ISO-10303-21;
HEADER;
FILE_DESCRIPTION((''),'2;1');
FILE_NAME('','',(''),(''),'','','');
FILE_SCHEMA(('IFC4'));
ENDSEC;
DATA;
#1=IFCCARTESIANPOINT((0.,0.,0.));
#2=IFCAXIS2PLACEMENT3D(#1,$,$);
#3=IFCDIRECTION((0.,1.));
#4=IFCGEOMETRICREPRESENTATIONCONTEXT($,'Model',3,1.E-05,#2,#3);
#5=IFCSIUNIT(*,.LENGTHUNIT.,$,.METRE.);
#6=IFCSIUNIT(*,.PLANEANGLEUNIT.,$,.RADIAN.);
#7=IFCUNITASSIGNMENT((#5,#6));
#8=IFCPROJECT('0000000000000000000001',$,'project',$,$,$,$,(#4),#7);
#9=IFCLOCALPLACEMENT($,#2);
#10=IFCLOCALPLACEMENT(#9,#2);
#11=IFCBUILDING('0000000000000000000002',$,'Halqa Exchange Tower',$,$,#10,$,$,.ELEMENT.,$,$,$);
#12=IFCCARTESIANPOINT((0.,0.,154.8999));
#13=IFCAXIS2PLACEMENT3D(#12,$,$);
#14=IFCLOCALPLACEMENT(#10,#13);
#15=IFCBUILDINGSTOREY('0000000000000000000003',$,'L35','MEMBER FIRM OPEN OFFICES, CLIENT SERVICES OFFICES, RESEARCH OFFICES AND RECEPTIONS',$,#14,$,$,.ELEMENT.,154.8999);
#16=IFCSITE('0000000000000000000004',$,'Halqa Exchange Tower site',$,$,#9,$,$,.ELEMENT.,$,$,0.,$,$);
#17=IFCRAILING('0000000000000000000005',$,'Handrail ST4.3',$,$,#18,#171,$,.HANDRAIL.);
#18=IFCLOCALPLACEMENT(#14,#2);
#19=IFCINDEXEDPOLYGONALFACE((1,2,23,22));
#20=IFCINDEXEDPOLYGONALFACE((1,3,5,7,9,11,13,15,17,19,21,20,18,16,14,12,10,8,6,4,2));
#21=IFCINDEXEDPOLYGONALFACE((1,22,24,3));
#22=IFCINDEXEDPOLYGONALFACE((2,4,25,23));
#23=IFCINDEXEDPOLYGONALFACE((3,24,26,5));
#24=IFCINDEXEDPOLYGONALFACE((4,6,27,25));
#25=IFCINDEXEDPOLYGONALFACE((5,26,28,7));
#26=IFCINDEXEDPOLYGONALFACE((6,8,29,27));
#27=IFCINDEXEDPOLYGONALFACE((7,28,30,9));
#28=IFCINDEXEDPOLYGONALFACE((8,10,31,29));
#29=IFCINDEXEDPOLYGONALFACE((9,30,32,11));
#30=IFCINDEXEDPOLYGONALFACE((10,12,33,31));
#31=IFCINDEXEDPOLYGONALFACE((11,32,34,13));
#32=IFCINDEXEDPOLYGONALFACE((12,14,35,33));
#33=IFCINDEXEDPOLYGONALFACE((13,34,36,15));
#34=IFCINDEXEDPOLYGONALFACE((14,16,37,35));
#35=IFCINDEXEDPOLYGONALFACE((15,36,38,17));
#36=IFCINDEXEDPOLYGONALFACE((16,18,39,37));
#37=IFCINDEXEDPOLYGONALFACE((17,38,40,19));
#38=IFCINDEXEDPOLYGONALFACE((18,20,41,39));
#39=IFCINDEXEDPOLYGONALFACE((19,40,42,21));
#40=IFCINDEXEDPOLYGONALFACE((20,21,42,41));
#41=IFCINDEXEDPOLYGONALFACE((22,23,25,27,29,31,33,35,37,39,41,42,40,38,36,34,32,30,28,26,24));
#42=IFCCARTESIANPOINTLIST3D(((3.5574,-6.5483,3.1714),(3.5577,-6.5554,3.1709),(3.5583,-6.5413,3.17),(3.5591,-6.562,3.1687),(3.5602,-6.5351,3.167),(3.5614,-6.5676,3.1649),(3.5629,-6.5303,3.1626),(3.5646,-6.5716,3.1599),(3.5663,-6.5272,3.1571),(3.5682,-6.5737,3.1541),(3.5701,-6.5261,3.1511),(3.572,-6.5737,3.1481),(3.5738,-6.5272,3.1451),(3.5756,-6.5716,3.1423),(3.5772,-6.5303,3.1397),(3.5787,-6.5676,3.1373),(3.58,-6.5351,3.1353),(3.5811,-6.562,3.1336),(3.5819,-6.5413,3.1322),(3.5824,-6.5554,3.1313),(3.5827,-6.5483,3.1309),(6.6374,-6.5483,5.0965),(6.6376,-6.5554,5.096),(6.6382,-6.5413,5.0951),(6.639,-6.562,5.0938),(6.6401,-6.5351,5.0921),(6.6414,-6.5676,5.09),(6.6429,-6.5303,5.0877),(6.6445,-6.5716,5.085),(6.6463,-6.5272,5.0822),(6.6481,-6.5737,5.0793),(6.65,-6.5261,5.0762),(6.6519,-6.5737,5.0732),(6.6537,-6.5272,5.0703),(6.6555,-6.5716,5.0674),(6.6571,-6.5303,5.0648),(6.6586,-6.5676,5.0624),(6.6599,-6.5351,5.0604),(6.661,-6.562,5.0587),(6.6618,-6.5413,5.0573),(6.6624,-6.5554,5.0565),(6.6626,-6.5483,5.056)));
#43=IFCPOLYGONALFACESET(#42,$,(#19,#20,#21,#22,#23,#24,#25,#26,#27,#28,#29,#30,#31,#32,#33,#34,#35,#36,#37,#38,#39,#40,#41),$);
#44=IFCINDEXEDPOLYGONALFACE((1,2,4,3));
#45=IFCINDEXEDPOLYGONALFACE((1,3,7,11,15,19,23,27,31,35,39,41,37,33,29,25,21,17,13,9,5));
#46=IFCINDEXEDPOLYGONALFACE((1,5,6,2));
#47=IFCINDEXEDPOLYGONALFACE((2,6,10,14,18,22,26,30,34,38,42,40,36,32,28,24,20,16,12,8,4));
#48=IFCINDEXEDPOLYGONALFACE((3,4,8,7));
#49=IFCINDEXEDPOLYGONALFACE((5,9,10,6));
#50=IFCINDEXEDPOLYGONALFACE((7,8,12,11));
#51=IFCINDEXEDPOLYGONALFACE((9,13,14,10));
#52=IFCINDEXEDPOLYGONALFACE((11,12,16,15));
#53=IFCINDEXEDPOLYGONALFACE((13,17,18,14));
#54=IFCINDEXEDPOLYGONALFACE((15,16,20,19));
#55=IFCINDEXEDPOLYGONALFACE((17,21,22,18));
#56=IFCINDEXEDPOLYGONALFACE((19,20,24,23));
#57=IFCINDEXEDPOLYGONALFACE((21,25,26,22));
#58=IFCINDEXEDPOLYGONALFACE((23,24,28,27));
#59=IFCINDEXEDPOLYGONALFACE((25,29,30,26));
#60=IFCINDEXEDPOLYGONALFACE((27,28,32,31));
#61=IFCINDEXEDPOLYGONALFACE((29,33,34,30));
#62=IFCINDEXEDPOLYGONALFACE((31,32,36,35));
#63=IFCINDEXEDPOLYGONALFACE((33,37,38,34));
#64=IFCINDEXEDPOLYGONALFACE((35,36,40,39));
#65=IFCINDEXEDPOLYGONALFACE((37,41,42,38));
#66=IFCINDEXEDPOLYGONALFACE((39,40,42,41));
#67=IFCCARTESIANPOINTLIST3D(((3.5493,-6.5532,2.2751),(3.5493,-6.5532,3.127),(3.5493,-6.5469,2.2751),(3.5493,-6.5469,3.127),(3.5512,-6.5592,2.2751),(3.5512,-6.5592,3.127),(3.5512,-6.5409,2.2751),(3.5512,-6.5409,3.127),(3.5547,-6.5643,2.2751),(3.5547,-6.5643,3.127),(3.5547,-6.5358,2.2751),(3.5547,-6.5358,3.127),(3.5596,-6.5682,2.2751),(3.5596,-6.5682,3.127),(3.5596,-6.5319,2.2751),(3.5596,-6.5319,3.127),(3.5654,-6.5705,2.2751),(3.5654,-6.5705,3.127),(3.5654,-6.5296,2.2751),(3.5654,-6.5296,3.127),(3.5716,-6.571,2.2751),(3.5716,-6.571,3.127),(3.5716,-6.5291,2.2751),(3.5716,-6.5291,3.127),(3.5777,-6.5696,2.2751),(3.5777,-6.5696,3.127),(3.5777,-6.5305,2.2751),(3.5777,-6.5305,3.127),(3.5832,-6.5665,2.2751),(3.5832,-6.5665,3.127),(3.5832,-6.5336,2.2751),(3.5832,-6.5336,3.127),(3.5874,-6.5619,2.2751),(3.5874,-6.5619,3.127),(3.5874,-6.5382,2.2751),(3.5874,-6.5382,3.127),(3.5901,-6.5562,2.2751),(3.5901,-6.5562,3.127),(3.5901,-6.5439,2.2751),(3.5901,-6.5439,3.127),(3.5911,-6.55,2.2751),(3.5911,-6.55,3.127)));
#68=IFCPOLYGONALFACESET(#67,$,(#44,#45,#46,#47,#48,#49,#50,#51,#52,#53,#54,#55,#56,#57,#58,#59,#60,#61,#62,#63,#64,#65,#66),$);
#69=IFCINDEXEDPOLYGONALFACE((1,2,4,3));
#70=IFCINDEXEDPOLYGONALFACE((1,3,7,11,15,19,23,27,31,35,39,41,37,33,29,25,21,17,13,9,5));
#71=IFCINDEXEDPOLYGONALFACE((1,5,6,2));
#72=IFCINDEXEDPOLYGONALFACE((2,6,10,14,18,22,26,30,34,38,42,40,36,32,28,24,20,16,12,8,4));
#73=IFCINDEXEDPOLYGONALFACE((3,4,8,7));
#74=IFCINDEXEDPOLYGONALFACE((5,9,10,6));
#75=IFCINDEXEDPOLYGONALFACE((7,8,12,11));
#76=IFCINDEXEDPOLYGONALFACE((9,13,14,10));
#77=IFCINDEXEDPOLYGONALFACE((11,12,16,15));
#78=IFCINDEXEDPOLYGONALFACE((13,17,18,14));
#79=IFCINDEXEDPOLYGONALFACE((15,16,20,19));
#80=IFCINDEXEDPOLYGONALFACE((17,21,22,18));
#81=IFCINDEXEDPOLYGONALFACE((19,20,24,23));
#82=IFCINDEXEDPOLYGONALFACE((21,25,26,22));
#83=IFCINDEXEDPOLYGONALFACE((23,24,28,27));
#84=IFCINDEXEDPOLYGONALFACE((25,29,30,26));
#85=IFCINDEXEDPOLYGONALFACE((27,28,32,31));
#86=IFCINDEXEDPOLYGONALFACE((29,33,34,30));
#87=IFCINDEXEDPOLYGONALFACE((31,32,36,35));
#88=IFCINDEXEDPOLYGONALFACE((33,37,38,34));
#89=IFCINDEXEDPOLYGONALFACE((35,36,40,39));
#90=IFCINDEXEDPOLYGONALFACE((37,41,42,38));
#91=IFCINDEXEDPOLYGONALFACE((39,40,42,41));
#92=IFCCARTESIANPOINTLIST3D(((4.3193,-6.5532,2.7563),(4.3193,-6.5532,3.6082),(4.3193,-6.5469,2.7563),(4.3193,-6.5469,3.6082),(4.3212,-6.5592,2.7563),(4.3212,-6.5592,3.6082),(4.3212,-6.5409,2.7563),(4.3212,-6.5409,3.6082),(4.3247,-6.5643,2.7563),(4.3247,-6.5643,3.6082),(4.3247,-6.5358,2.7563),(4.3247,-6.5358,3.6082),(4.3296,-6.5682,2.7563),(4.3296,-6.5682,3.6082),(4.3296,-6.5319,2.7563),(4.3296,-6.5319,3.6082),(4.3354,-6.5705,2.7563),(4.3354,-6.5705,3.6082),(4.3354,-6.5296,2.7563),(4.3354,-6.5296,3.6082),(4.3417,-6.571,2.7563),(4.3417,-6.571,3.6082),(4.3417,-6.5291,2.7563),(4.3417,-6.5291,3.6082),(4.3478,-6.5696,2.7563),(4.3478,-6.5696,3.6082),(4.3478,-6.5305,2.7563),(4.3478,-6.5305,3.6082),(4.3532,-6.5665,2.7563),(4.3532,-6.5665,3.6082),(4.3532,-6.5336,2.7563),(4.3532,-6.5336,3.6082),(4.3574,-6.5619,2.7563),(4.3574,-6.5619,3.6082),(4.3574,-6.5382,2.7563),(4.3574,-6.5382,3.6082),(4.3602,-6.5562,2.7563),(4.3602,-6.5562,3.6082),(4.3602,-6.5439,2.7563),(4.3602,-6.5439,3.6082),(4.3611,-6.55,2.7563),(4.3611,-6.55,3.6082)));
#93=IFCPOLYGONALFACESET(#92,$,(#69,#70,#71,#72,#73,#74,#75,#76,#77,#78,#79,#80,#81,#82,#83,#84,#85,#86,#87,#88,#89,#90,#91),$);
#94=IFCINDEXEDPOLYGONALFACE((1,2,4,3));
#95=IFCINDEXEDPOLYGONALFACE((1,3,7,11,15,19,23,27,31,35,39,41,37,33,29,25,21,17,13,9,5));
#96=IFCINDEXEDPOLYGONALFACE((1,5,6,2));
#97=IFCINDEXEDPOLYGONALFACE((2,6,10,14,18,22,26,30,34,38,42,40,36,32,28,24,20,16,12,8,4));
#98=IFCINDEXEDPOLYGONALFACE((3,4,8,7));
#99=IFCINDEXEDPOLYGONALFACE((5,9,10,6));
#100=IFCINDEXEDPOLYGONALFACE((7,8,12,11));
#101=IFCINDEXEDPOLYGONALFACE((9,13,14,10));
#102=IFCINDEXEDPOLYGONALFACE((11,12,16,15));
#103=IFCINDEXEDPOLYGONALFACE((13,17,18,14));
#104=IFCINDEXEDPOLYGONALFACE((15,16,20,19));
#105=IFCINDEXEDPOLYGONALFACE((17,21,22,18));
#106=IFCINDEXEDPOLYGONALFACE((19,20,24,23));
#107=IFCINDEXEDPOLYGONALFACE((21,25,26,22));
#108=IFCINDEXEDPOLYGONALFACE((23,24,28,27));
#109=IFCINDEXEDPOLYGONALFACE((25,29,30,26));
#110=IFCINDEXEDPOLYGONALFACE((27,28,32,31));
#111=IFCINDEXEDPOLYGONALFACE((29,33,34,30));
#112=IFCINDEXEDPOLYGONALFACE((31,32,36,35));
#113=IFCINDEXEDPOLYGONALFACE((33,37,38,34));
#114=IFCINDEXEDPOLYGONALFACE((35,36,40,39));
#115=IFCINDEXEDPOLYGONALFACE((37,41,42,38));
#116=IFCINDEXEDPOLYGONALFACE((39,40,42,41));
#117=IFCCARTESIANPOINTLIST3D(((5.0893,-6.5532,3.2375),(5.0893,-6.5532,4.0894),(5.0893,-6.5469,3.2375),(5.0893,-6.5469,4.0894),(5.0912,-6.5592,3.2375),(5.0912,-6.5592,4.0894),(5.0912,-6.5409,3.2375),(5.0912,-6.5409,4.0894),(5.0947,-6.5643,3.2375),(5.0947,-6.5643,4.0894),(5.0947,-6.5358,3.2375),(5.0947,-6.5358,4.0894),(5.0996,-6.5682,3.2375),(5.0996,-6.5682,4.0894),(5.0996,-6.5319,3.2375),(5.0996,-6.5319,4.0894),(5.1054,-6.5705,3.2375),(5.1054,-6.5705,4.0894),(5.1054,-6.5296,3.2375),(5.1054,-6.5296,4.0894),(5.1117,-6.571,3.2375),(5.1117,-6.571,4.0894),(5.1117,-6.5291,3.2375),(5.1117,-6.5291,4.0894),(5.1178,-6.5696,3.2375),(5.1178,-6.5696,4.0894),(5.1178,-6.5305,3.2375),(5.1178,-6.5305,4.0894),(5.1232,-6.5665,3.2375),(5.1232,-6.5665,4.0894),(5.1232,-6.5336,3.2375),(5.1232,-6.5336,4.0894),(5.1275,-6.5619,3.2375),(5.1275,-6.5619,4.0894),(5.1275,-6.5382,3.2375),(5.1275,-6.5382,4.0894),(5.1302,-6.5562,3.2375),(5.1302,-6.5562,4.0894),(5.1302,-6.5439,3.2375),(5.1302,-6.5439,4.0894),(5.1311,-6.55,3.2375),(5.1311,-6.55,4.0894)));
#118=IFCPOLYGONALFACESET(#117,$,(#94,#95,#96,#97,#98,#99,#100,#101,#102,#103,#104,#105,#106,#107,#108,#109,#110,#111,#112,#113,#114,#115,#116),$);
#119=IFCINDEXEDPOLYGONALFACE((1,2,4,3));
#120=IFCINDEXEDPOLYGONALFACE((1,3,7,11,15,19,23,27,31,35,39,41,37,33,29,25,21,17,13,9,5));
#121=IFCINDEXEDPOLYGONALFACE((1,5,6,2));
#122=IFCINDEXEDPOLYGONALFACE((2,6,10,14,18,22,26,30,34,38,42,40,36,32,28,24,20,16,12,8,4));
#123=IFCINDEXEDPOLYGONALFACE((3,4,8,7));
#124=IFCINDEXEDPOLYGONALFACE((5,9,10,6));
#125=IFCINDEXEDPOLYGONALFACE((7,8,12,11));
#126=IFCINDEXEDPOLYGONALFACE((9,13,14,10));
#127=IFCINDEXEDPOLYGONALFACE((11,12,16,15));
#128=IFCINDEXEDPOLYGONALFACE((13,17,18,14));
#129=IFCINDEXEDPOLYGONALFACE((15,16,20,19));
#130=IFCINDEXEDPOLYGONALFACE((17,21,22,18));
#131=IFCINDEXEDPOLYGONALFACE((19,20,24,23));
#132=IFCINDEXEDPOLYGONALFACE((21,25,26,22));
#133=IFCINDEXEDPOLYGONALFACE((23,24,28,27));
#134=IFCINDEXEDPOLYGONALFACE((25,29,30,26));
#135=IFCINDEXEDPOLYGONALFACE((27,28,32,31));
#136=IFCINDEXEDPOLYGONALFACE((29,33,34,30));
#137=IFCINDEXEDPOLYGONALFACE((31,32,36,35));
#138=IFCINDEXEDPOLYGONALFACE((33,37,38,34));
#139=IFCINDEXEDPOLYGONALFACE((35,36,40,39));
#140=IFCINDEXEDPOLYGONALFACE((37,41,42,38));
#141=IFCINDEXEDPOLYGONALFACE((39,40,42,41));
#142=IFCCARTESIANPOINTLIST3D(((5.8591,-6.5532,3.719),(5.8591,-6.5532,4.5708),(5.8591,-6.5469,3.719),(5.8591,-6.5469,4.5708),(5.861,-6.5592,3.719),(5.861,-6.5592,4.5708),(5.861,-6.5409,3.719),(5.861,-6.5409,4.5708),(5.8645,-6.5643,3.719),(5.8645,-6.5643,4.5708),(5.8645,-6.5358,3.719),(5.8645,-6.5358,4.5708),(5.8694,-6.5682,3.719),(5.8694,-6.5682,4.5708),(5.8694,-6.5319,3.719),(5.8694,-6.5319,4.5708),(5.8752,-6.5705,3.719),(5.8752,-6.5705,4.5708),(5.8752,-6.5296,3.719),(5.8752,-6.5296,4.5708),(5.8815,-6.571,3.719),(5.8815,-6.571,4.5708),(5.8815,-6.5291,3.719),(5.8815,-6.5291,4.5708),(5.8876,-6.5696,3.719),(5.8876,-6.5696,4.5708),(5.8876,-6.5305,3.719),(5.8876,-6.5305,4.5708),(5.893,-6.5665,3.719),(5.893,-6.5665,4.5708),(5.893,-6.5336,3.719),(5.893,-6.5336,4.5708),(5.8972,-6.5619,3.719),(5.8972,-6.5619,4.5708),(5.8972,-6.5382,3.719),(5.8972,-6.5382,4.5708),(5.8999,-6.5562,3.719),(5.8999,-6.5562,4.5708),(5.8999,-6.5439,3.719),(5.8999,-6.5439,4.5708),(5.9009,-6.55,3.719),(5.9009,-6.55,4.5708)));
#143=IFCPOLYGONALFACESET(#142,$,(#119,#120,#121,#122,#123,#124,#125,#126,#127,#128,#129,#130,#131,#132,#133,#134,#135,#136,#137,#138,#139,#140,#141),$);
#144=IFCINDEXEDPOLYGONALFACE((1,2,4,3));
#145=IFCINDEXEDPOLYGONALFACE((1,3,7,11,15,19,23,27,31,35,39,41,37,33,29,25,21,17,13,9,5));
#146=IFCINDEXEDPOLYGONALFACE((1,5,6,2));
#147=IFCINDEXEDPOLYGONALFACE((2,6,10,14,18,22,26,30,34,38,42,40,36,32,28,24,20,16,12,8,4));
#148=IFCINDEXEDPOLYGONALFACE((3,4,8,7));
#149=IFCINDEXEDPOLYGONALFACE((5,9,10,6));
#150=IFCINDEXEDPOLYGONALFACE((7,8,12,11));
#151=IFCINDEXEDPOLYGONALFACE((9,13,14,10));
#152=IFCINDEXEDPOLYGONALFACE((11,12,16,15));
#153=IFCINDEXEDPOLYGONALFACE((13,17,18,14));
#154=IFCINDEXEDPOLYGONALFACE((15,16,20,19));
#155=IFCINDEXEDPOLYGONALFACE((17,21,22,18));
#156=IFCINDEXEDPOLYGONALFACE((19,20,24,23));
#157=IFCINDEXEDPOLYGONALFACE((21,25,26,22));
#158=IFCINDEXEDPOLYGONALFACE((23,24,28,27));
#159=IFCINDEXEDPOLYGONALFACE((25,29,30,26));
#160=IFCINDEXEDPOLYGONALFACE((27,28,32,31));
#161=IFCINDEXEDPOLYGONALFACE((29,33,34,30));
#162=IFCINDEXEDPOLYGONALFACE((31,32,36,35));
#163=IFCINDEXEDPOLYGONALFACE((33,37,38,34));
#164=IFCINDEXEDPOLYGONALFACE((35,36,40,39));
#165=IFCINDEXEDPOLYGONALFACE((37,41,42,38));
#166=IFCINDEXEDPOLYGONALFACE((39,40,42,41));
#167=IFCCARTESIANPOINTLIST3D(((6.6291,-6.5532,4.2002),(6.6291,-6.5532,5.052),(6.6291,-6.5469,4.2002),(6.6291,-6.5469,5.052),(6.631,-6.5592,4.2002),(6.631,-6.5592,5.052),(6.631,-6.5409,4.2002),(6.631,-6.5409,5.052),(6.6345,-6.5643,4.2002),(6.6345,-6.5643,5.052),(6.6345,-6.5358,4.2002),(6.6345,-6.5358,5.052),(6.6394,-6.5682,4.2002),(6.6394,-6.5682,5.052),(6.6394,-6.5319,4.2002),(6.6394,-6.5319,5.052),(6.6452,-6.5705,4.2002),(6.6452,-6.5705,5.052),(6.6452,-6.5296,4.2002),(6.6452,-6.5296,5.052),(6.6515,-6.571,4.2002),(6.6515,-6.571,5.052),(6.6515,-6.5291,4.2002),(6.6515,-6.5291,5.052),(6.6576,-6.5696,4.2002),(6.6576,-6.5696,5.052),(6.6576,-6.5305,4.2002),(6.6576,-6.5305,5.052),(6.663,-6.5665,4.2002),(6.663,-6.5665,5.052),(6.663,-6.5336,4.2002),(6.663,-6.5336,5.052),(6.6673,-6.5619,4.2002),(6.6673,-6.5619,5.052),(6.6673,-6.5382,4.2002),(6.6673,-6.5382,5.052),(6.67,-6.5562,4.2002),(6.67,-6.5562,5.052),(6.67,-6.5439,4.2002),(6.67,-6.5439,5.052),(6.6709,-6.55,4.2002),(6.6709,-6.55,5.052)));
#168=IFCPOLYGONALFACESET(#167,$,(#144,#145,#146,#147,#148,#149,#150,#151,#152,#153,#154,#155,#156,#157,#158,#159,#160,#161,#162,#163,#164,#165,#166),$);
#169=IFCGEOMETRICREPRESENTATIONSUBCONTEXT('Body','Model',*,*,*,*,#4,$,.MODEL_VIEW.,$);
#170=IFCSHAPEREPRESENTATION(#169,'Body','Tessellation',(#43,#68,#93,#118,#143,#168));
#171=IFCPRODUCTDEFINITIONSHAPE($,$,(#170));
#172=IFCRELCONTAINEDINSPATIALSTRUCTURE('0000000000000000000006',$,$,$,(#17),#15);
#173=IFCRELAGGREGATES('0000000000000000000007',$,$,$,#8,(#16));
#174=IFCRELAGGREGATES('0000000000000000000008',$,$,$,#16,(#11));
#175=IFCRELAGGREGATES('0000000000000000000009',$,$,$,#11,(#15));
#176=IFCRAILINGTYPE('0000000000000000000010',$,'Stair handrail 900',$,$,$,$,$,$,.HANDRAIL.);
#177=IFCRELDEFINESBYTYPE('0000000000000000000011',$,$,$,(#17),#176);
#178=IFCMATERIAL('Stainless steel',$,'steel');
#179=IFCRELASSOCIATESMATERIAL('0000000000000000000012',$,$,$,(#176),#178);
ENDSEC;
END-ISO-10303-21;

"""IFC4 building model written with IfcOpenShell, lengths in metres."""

from ifc_helpers import new_model, si_unit, direction, frame, origin, origin_2d, place, context, subcontext, project, spatial, circle, extrude, material, type_object, element, save


model = new_model("IFC4")

# Units and contexts
model_context = context("Model", 3, precision=1e-05, world=origin(), true_north=direction((0.0, 1.0)))
body_context = subcontext(model_context, "Body", "Model", "MODEL_VIEW")
ifc_project = project(units=[si_unit("LENGTHUNIT", "METRE"), si_unit("PLANEANGLEUNIT", "RADIAN")], contexts=[model_context])

# Site, building, storey
site_placement = place(None, origin())
site = spatial("IfcSite", under=ifc_project, at=site_placement, Name="Halqa Exchange Tower site", CompositionType="ELEMENT", RefElevation=0.0)
building_placement = place(site_placement, origin())
building = spatial("IfcBuilding", under=site, at=building_placement, Name="Halqa Exchange Tower", CompositionType="ELEMENT")
storey_placement = place(building_placement, frame((0.0, 0.0, 154.8999)))
storey = spatial("IfcBuildingStorey", under=building, at=storey_placement, Name="L35", Description="MEMBER FIRM OPEN OFFICES, CLIENT SERVICES OFFICES, RESEARCH OFFICES AND RECEPTIONS", CompositionType="ELEMENT", Elevation=154.8999)

# Railing
ifc_material_1 = material(Name="Stainless steel", Category="steel")
railing_type_1 = type_object("IfcRailingType", Name="Stair handrail 900", PredefinedType="HANDRAIL", material=ifc_material_1)
railing_1_placement = place(storey_placement, frame((3.5701, -6.55, 2.2751)))
element("IfcRailing", 1, at=railing_1_placement, inside=storey, type_object=railing_type_1, Name="Handrail ST4.3", PredefinedType="HANDRAIL", context=body_context, shape_type="SweptSolid", body=[
    extrude(circle(Radius=0.0239, at=origin_2d()), frame((0.0, 0.0, 0.876), z_axis=(0.847979, 0.0, 0.530029), x_axis=(0.0, 1.0, 0.0)), (0.0, 0.0, 1.0), 3.6321),
    extrude(circle(Radius=0.021, at=origin_2d()), origin(), (0.0, 0.0, 1.0), 0.8518),
    extrude(circle(Radius=0.021, at=origin_2d()), frame((0.77, 0.0, 0.4812)), (0.0, 0.0, 1.0), 0.8518),
    extrude(circle(Radius=0.021, at=origin_2d()), frame((1.54, 0.0, 0.9624)), (0.0, 0.0, 1.0), 0.8518),
    extrude(circle(Radius=0.021, at=origin_2d()), frame((2.3098, 0.0, 1.4438)), (0.0, 0.0, 1.0), 0.8518),
    extrude(circle(Radius=0.021, at=origin_2d()), frame((3.0798, 0.0, 1.925)), (0.0, 0.0, 1.0), 0.8518),
])

save(model, "model.ifc")
